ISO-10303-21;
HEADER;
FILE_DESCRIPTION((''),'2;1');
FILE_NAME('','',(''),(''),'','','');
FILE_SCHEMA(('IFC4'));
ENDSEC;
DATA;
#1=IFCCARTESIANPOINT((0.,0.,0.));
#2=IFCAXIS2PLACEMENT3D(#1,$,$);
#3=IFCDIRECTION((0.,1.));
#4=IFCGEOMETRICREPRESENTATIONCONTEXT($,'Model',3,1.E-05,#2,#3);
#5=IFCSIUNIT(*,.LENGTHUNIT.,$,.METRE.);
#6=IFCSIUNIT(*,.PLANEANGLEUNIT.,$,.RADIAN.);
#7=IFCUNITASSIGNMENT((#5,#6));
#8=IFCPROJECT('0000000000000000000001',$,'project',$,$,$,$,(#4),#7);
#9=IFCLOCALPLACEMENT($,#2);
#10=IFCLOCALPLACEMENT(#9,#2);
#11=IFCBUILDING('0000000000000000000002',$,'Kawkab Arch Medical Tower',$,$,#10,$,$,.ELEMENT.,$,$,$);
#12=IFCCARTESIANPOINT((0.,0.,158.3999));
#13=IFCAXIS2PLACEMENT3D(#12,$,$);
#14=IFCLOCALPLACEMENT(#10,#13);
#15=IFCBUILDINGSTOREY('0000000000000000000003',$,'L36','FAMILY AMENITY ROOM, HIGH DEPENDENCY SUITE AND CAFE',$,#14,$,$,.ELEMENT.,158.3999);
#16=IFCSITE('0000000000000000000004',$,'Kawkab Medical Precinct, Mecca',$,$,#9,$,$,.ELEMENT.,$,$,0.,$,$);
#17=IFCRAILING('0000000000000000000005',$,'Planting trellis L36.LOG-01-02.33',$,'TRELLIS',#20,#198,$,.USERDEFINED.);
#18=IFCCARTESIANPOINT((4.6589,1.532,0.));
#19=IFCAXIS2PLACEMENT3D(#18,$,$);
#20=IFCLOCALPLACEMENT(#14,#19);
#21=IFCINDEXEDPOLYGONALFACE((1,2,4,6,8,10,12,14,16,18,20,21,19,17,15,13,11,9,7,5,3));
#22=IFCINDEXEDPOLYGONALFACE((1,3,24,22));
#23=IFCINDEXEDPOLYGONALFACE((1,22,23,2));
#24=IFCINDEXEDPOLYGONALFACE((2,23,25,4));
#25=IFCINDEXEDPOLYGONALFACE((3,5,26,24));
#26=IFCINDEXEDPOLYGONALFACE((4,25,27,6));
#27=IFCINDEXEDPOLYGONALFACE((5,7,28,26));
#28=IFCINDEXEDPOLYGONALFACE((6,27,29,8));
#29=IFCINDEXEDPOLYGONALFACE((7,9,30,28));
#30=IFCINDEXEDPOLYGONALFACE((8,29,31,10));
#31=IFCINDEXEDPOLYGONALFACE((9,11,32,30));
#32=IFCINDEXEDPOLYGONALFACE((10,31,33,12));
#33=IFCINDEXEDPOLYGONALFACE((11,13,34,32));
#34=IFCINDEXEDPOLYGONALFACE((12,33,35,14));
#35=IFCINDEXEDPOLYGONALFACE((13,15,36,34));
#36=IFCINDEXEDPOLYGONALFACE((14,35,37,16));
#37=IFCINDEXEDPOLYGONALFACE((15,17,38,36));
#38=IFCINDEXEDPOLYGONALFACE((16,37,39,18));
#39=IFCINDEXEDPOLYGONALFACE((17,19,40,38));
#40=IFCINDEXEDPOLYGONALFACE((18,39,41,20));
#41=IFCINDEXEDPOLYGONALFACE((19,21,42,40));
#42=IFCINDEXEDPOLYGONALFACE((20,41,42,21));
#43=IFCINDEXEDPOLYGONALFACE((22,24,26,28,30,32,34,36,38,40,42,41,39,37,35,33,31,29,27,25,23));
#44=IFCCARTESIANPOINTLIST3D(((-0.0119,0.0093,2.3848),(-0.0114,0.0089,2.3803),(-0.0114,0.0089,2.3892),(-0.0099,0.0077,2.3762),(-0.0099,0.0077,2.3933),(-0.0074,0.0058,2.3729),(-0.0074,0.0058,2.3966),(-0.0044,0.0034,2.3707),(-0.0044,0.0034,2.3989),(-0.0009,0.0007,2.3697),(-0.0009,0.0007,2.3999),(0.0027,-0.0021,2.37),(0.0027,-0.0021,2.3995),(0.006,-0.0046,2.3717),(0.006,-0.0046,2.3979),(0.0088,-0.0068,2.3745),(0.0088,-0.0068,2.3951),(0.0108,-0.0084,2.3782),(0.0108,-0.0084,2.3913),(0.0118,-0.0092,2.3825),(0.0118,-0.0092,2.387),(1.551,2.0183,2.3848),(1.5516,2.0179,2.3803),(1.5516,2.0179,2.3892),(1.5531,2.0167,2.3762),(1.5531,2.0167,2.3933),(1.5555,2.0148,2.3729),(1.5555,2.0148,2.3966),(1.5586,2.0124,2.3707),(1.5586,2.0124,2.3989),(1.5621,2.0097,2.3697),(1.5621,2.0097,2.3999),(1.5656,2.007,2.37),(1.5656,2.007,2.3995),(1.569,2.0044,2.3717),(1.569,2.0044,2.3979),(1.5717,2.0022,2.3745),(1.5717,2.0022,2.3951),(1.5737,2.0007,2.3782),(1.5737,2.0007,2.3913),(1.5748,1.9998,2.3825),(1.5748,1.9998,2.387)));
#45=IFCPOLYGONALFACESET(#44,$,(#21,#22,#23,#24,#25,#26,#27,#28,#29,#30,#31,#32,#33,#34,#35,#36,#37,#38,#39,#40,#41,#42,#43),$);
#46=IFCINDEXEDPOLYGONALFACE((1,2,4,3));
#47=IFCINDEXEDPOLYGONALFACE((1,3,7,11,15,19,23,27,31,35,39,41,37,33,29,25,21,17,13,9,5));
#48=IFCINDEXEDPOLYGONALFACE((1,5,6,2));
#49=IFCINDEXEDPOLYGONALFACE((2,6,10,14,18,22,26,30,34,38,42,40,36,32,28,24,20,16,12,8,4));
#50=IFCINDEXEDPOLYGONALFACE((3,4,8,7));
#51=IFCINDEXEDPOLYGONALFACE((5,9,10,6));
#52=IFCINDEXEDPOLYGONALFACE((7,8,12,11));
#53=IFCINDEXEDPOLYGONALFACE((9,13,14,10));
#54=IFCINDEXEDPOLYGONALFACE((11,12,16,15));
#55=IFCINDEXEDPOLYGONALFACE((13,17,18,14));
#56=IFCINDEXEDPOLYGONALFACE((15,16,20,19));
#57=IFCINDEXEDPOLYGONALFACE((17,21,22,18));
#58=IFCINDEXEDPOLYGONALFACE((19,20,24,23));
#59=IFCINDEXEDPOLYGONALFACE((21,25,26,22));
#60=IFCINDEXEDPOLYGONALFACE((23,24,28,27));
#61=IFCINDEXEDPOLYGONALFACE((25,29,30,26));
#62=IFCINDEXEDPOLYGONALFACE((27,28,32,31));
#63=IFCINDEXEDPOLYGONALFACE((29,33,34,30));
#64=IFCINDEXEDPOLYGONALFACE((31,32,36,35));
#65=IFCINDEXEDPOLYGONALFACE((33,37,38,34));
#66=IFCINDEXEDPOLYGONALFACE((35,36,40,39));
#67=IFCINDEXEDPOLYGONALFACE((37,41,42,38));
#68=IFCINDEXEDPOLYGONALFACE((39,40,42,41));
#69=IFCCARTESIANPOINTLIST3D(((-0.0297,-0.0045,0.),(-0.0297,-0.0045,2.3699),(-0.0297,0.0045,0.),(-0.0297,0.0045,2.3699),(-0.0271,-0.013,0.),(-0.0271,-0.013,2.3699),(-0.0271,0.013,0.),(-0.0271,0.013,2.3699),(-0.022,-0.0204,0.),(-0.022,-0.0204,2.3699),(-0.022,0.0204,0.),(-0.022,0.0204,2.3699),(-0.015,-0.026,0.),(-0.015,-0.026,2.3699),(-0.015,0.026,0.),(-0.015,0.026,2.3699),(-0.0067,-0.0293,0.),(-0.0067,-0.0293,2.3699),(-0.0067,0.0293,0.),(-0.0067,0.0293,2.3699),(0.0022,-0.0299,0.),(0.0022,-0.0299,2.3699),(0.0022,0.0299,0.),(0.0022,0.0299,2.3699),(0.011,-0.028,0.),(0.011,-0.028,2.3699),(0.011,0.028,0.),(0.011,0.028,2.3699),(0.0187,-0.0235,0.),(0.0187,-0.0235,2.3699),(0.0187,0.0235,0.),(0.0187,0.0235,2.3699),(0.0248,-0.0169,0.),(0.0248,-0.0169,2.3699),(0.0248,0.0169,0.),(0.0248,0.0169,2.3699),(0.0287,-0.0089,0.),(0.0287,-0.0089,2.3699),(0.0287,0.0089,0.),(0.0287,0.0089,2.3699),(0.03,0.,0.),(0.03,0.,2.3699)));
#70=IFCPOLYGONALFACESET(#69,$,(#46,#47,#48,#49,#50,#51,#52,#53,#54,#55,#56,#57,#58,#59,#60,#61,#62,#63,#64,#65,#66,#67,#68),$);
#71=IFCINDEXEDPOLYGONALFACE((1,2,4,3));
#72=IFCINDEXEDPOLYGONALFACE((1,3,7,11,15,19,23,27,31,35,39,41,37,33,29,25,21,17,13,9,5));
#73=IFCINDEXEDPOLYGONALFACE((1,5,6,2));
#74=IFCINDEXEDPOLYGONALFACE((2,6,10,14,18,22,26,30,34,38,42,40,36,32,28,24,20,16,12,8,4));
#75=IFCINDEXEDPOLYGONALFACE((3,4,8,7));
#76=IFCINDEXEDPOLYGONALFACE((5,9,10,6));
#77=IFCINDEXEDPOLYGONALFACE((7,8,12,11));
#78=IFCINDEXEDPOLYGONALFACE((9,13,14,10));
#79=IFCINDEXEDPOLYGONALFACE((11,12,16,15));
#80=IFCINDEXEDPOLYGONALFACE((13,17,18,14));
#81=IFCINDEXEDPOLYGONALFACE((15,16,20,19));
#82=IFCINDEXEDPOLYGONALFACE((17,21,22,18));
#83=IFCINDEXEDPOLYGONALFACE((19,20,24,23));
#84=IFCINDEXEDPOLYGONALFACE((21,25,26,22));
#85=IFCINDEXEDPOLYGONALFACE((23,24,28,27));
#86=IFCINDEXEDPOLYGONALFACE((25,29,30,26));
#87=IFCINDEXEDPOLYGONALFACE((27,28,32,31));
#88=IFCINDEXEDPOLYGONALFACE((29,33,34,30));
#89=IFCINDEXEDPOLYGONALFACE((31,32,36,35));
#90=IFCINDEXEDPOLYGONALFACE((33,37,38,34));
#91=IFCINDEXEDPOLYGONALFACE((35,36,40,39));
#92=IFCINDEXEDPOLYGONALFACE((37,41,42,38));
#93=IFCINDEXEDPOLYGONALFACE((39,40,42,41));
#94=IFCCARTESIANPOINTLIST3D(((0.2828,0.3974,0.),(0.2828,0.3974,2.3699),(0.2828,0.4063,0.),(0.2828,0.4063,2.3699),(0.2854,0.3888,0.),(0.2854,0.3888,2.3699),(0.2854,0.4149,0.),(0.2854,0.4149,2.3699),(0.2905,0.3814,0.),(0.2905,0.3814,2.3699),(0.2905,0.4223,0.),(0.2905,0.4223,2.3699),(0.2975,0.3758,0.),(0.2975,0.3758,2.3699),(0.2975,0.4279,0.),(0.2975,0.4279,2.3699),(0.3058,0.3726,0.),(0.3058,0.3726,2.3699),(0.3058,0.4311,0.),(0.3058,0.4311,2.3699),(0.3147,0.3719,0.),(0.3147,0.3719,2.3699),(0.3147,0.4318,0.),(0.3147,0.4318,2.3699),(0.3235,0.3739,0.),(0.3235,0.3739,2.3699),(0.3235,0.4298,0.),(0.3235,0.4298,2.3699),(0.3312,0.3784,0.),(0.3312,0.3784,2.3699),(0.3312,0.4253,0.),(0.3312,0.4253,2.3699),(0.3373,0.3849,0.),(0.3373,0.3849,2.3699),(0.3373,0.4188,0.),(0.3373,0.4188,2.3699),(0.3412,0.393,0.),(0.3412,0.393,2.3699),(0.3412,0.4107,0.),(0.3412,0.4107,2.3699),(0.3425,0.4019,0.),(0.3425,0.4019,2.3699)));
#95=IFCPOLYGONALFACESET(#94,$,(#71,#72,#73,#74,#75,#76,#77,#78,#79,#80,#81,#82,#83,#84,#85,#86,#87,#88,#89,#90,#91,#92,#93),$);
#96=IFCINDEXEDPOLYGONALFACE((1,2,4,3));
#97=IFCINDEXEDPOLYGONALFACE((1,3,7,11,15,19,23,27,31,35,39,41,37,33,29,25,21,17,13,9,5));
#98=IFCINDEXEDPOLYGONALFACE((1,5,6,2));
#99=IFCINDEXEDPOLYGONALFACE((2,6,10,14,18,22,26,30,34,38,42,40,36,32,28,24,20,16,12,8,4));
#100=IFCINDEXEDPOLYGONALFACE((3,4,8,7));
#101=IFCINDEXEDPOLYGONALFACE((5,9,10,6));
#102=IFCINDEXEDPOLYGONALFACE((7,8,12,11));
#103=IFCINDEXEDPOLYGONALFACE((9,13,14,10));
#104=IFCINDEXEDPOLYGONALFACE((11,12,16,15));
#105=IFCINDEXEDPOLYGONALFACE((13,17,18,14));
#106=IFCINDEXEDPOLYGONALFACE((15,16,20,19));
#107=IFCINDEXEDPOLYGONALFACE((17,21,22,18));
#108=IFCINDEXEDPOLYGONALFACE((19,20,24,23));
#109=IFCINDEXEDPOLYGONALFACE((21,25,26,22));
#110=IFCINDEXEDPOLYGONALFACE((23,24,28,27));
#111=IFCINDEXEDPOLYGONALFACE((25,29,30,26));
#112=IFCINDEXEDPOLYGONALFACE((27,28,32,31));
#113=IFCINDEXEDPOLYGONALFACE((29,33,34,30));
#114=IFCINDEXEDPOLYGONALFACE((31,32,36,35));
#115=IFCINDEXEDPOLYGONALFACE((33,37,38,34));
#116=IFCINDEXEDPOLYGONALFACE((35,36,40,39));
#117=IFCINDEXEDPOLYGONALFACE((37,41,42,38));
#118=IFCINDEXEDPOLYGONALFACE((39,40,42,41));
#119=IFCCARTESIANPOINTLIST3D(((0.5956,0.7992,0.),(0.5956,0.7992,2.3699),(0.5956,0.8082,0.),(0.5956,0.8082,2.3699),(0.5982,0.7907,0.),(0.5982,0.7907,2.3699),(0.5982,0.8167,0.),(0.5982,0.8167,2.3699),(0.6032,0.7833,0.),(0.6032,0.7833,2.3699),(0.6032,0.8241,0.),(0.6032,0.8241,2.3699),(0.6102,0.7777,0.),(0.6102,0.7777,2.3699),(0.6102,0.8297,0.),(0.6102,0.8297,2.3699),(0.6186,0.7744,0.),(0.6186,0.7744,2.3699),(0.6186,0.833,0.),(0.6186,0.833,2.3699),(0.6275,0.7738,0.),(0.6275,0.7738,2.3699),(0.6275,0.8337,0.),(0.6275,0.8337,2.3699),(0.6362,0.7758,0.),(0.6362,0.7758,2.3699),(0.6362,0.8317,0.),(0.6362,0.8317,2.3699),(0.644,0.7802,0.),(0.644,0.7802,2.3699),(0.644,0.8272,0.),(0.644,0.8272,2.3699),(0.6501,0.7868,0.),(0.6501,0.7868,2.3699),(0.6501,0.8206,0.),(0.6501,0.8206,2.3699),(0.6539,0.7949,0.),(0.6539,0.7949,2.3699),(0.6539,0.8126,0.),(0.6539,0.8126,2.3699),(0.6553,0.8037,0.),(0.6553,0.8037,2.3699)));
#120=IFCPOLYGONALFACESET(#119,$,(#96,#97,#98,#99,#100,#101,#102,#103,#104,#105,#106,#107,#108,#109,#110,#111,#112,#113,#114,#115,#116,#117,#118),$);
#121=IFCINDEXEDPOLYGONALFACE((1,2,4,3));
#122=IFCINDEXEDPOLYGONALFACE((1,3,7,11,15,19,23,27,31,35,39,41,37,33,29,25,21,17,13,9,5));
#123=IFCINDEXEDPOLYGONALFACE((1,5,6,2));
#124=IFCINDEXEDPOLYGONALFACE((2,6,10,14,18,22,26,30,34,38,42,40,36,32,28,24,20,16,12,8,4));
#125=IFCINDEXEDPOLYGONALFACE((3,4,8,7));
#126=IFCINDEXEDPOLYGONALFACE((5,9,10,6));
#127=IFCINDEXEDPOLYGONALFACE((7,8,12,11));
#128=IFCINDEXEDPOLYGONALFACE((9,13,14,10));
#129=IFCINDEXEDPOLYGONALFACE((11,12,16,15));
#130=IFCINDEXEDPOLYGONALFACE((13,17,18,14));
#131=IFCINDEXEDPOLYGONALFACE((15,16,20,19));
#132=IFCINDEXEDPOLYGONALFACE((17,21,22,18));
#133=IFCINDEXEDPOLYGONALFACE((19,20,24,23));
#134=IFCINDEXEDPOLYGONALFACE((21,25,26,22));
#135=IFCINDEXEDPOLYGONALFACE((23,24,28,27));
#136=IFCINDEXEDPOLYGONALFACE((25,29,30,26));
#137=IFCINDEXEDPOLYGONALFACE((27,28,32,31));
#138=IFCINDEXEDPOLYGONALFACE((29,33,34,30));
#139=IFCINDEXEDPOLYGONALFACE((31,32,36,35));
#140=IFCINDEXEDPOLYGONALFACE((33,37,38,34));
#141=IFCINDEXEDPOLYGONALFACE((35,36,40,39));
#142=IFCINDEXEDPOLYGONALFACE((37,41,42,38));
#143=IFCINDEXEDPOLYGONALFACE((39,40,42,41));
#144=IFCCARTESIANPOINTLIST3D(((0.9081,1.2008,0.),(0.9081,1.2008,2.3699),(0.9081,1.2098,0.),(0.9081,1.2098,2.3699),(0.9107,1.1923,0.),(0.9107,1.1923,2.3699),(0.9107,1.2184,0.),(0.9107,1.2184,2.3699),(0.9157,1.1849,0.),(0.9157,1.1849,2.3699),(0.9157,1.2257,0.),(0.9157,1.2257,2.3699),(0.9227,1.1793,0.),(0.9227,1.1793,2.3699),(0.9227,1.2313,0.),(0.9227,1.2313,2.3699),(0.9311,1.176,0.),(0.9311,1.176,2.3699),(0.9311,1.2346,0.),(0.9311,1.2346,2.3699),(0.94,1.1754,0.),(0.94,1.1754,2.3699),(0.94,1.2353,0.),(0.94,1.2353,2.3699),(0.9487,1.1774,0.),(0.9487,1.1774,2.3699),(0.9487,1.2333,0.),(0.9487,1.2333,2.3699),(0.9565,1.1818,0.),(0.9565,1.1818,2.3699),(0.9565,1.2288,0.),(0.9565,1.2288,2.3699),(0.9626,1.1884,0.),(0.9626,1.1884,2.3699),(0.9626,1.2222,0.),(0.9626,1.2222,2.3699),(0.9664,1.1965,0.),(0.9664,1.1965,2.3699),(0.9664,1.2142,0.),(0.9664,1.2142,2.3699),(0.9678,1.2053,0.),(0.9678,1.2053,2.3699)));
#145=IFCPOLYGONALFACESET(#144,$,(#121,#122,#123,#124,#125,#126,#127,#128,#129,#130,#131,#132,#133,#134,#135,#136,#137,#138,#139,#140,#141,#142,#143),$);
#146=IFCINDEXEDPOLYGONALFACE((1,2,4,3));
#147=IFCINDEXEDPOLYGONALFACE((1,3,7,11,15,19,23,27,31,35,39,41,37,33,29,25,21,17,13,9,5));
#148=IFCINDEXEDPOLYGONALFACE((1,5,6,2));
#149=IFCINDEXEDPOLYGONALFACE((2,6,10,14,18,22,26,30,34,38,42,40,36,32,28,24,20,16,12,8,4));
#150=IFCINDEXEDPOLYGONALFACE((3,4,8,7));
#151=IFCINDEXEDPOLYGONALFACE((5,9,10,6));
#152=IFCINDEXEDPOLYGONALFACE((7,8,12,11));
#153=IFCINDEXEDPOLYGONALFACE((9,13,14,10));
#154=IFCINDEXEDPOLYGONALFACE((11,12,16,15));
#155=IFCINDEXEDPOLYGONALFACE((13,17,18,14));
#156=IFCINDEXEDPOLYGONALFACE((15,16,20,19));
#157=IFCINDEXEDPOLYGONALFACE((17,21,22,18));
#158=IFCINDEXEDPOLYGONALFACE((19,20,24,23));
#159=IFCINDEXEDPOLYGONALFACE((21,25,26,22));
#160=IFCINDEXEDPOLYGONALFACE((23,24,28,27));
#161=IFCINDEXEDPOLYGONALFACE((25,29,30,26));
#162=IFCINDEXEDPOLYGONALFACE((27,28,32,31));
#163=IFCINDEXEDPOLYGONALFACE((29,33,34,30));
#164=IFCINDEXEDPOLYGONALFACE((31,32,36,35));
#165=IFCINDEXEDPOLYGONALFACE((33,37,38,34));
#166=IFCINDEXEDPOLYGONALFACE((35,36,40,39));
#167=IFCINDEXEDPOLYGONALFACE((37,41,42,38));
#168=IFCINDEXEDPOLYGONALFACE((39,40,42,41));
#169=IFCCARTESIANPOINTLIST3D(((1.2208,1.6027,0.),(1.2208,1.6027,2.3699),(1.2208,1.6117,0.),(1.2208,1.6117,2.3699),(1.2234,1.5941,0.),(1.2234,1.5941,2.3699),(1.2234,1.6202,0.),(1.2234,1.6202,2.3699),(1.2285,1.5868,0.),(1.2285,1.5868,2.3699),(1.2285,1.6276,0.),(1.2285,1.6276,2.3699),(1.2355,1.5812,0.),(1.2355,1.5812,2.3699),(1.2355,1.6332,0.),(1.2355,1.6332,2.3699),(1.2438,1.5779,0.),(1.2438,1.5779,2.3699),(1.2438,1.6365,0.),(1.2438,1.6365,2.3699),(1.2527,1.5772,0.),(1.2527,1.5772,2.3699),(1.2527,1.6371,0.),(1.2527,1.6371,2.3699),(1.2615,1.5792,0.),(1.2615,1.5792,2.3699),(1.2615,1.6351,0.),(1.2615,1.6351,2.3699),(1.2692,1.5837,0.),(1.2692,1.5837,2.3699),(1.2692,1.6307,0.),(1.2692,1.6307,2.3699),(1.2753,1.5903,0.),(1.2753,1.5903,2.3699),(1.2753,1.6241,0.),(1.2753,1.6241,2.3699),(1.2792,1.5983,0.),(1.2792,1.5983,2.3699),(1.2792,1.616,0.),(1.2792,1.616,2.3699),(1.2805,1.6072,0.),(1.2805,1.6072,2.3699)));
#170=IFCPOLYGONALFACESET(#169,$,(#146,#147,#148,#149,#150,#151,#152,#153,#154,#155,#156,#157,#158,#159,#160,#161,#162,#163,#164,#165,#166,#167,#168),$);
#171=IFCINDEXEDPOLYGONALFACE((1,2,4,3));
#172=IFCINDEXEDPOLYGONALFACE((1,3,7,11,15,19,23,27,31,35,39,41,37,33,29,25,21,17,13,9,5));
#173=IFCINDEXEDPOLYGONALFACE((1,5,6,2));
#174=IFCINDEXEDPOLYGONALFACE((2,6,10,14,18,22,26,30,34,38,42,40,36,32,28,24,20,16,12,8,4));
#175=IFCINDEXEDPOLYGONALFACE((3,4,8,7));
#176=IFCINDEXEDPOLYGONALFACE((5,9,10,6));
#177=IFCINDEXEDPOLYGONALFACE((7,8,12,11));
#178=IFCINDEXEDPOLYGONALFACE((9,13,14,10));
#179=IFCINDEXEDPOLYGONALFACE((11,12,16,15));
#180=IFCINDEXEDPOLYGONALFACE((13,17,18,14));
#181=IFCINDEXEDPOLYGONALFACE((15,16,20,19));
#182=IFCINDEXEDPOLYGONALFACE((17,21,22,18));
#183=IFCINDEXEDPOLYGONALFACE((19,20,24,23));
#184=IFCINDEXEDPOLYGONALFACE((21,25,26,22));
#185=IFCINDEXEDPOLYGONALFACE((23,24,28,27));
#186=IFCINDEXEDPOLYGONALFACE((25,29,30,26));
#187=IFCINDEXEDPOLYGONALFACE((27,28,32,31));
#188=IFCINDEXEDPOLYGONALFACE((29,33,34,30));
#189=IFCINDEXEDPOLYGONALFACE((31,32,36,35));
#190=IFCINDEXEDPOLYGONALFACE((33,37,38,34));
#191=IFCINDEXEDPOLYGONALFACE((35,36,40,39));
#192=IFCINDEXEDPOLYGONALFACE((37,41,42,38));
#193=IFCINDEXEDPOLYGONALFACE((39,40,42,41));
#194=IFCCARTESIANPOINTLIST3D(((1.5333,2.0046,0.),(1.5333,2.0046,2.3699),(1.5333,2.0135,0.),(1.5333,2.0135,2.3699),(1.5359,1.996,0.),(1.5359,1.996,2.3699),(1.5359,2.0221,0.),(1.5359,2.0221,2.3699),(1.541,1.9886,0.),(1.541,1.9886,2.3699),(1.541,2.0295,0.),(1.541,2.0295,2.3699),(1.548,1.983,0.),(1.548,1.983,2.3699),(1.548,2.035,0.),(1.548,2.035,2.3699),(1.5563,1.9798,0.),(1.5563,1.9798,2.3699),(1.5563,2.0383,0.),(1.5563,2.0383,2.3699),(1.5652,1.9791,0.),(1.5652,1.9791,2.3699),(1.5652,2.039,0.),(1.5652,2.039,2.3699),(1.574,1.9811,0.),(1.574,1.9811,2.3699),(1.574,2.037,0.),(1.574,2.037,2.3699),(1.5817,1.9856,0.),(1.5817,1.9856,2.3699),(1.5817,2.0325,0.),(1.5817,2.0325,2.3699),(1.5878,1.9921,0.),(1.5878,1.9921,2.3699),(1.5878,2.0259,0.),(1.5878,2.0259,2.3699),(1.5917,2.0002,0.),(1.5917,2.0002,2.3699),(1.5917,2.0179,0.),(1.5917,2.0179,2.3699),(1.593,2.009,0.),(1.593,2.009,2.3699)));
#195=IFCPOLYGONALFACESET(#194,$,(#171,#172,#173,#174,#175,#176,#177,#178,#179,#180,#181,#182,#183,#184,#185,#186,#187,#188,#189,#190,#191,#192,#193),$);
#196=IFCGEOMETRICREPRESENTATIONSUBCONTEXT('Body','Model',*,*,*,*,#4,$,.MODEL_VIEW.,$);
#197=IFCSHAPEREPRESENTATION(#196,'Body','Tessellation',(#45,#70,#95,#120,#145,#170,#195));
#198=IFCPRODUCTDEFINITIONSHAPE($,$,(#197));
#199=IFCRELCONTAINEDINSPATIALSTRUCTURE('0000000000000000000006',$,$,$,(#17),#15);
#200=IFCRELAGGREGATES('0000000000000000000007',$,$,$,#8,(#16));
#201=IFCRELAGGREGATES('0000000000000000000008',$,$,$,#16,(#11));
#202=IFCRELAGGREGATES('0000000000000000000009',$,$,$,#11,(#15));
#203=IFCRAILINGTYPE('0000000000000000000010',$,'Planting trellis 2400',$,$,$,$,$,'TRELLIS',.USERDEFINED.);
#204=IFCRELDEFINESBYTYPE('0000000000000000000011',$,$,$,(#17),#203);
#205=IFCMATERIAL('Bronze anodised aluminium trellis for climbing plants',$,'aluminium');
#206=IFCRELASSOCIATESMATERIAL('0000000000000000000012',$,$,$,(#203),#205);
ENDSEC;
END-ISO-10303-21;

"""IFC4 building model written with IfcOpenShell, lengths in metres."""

from ifc_helpers import new_model, si_unit, direction, frame, origin, origin_2d, place, context, subcontext, project, spatial, circle, extrude, material, type_object, element, save


model = new_model("IFC4")

# Units and contexts
model_context = context("Model", 3, precision=1e-05, world=origin(), true_north=direction((0.0, 1.0)))
body_context = subcontext(model_context, "Body", "Model", "MODEL_VIEW")
ifc_project = project(units=[si_unit("LENGTHUNIT", "METRE"), si_unit("PLANEANGLEUNIT", "RADIAN")], contexts=[model_context])

# Site, building, storey
site_placement = place(None, origin())
site = spatial("IfcSite", under=ifc_project, at=site_placement, Name="Kawkab Medical Precinct, Mecca", CompositionType="ELEMENT", RefElevation=0.0)
building_placement = place(site_placement, origin())
building = spatial("IfcBuilding", under=site, at=building_placement, Name="Kawkab Arch Medical Tower", CompositionType="ELEMENT")
storey_placement = place(building_placement, frame((0.0, 0.0, 158.3999)))
storey = spatial("IfcBuildingStorey", under=building, at=storey_placement, Name="L36", Description="FAMILY AMENITY ROOM, HIGH DEPENDENCY SUITE AND CAFE", CompositionType="ELEMENT", Elevation=158.3999)

# Railing
ifc_material_1 = material(Name="Bronze anodised aluminium trellis for climbing plants", Category="aluminium")
railing_type = type_object("IfcRailingType", Name="Planting trellis 2400", ElementType="TRELLIS", PredefinedType="USERDEFINED", material=ifc_material_1)
railing_1_placement = place(storey_placement, frame((4.6589, 1.532, 0.0)))
element("IfcRailing", 1, at=railing_1_placement, inside=storey, type_object=railing_type, Name="Planting trellis L36.LOG-01-02.33", ObjectType="TRELLIS", PredefinedType="USERDEFINED", context=body_context, shape_type="SweptSolid", body=[
    extrude(circle(Radius=0.0151, at=origin_2d()), frame((0.0, 0.0, 2.3848), z_axis=(0.61404, 0.789275, 0.0), x_axis=(-0.789275, 0.61404, 0.0)), (0.0, 0.0, 1.0), 2.5454),
    extrude(circle(Radius=0.03, at=origin_2d()), origin(), (0.0, 0.0, 1.0), 2.3699),
    extrude(circle(Radius=0.03, at=origin_2d()), frame((0.3125, 0.4019, 0.0)), (0.0, 0.0, 1.0), 2.3699),
    extrude(circle(Radius=0.03, at=origin_2d()), frame((0.6252, 0.8037, 0.0)), (0.0, 0.0, 1.0), 2.3699),
    extrude(circle(Radius=0.03, at=origin_2d()), frame((0.9377, 1.2053, 0.0)), (0.0, 0.0, 1.0), 2.3699),
    extrude(circle(Radius=0.03, at=origin_2d()), frame((1.2505, 1.6072, 0.0)), (0.0, 0.0, 1.0), 2.3699),
    extrude(circle(Radius=0.03, at=origin_2d()), frame((1.563, 2.009, 0.0)), (0.0, 0.0, 1.0), 2.3699),
])

save(model, "model.ifc")
